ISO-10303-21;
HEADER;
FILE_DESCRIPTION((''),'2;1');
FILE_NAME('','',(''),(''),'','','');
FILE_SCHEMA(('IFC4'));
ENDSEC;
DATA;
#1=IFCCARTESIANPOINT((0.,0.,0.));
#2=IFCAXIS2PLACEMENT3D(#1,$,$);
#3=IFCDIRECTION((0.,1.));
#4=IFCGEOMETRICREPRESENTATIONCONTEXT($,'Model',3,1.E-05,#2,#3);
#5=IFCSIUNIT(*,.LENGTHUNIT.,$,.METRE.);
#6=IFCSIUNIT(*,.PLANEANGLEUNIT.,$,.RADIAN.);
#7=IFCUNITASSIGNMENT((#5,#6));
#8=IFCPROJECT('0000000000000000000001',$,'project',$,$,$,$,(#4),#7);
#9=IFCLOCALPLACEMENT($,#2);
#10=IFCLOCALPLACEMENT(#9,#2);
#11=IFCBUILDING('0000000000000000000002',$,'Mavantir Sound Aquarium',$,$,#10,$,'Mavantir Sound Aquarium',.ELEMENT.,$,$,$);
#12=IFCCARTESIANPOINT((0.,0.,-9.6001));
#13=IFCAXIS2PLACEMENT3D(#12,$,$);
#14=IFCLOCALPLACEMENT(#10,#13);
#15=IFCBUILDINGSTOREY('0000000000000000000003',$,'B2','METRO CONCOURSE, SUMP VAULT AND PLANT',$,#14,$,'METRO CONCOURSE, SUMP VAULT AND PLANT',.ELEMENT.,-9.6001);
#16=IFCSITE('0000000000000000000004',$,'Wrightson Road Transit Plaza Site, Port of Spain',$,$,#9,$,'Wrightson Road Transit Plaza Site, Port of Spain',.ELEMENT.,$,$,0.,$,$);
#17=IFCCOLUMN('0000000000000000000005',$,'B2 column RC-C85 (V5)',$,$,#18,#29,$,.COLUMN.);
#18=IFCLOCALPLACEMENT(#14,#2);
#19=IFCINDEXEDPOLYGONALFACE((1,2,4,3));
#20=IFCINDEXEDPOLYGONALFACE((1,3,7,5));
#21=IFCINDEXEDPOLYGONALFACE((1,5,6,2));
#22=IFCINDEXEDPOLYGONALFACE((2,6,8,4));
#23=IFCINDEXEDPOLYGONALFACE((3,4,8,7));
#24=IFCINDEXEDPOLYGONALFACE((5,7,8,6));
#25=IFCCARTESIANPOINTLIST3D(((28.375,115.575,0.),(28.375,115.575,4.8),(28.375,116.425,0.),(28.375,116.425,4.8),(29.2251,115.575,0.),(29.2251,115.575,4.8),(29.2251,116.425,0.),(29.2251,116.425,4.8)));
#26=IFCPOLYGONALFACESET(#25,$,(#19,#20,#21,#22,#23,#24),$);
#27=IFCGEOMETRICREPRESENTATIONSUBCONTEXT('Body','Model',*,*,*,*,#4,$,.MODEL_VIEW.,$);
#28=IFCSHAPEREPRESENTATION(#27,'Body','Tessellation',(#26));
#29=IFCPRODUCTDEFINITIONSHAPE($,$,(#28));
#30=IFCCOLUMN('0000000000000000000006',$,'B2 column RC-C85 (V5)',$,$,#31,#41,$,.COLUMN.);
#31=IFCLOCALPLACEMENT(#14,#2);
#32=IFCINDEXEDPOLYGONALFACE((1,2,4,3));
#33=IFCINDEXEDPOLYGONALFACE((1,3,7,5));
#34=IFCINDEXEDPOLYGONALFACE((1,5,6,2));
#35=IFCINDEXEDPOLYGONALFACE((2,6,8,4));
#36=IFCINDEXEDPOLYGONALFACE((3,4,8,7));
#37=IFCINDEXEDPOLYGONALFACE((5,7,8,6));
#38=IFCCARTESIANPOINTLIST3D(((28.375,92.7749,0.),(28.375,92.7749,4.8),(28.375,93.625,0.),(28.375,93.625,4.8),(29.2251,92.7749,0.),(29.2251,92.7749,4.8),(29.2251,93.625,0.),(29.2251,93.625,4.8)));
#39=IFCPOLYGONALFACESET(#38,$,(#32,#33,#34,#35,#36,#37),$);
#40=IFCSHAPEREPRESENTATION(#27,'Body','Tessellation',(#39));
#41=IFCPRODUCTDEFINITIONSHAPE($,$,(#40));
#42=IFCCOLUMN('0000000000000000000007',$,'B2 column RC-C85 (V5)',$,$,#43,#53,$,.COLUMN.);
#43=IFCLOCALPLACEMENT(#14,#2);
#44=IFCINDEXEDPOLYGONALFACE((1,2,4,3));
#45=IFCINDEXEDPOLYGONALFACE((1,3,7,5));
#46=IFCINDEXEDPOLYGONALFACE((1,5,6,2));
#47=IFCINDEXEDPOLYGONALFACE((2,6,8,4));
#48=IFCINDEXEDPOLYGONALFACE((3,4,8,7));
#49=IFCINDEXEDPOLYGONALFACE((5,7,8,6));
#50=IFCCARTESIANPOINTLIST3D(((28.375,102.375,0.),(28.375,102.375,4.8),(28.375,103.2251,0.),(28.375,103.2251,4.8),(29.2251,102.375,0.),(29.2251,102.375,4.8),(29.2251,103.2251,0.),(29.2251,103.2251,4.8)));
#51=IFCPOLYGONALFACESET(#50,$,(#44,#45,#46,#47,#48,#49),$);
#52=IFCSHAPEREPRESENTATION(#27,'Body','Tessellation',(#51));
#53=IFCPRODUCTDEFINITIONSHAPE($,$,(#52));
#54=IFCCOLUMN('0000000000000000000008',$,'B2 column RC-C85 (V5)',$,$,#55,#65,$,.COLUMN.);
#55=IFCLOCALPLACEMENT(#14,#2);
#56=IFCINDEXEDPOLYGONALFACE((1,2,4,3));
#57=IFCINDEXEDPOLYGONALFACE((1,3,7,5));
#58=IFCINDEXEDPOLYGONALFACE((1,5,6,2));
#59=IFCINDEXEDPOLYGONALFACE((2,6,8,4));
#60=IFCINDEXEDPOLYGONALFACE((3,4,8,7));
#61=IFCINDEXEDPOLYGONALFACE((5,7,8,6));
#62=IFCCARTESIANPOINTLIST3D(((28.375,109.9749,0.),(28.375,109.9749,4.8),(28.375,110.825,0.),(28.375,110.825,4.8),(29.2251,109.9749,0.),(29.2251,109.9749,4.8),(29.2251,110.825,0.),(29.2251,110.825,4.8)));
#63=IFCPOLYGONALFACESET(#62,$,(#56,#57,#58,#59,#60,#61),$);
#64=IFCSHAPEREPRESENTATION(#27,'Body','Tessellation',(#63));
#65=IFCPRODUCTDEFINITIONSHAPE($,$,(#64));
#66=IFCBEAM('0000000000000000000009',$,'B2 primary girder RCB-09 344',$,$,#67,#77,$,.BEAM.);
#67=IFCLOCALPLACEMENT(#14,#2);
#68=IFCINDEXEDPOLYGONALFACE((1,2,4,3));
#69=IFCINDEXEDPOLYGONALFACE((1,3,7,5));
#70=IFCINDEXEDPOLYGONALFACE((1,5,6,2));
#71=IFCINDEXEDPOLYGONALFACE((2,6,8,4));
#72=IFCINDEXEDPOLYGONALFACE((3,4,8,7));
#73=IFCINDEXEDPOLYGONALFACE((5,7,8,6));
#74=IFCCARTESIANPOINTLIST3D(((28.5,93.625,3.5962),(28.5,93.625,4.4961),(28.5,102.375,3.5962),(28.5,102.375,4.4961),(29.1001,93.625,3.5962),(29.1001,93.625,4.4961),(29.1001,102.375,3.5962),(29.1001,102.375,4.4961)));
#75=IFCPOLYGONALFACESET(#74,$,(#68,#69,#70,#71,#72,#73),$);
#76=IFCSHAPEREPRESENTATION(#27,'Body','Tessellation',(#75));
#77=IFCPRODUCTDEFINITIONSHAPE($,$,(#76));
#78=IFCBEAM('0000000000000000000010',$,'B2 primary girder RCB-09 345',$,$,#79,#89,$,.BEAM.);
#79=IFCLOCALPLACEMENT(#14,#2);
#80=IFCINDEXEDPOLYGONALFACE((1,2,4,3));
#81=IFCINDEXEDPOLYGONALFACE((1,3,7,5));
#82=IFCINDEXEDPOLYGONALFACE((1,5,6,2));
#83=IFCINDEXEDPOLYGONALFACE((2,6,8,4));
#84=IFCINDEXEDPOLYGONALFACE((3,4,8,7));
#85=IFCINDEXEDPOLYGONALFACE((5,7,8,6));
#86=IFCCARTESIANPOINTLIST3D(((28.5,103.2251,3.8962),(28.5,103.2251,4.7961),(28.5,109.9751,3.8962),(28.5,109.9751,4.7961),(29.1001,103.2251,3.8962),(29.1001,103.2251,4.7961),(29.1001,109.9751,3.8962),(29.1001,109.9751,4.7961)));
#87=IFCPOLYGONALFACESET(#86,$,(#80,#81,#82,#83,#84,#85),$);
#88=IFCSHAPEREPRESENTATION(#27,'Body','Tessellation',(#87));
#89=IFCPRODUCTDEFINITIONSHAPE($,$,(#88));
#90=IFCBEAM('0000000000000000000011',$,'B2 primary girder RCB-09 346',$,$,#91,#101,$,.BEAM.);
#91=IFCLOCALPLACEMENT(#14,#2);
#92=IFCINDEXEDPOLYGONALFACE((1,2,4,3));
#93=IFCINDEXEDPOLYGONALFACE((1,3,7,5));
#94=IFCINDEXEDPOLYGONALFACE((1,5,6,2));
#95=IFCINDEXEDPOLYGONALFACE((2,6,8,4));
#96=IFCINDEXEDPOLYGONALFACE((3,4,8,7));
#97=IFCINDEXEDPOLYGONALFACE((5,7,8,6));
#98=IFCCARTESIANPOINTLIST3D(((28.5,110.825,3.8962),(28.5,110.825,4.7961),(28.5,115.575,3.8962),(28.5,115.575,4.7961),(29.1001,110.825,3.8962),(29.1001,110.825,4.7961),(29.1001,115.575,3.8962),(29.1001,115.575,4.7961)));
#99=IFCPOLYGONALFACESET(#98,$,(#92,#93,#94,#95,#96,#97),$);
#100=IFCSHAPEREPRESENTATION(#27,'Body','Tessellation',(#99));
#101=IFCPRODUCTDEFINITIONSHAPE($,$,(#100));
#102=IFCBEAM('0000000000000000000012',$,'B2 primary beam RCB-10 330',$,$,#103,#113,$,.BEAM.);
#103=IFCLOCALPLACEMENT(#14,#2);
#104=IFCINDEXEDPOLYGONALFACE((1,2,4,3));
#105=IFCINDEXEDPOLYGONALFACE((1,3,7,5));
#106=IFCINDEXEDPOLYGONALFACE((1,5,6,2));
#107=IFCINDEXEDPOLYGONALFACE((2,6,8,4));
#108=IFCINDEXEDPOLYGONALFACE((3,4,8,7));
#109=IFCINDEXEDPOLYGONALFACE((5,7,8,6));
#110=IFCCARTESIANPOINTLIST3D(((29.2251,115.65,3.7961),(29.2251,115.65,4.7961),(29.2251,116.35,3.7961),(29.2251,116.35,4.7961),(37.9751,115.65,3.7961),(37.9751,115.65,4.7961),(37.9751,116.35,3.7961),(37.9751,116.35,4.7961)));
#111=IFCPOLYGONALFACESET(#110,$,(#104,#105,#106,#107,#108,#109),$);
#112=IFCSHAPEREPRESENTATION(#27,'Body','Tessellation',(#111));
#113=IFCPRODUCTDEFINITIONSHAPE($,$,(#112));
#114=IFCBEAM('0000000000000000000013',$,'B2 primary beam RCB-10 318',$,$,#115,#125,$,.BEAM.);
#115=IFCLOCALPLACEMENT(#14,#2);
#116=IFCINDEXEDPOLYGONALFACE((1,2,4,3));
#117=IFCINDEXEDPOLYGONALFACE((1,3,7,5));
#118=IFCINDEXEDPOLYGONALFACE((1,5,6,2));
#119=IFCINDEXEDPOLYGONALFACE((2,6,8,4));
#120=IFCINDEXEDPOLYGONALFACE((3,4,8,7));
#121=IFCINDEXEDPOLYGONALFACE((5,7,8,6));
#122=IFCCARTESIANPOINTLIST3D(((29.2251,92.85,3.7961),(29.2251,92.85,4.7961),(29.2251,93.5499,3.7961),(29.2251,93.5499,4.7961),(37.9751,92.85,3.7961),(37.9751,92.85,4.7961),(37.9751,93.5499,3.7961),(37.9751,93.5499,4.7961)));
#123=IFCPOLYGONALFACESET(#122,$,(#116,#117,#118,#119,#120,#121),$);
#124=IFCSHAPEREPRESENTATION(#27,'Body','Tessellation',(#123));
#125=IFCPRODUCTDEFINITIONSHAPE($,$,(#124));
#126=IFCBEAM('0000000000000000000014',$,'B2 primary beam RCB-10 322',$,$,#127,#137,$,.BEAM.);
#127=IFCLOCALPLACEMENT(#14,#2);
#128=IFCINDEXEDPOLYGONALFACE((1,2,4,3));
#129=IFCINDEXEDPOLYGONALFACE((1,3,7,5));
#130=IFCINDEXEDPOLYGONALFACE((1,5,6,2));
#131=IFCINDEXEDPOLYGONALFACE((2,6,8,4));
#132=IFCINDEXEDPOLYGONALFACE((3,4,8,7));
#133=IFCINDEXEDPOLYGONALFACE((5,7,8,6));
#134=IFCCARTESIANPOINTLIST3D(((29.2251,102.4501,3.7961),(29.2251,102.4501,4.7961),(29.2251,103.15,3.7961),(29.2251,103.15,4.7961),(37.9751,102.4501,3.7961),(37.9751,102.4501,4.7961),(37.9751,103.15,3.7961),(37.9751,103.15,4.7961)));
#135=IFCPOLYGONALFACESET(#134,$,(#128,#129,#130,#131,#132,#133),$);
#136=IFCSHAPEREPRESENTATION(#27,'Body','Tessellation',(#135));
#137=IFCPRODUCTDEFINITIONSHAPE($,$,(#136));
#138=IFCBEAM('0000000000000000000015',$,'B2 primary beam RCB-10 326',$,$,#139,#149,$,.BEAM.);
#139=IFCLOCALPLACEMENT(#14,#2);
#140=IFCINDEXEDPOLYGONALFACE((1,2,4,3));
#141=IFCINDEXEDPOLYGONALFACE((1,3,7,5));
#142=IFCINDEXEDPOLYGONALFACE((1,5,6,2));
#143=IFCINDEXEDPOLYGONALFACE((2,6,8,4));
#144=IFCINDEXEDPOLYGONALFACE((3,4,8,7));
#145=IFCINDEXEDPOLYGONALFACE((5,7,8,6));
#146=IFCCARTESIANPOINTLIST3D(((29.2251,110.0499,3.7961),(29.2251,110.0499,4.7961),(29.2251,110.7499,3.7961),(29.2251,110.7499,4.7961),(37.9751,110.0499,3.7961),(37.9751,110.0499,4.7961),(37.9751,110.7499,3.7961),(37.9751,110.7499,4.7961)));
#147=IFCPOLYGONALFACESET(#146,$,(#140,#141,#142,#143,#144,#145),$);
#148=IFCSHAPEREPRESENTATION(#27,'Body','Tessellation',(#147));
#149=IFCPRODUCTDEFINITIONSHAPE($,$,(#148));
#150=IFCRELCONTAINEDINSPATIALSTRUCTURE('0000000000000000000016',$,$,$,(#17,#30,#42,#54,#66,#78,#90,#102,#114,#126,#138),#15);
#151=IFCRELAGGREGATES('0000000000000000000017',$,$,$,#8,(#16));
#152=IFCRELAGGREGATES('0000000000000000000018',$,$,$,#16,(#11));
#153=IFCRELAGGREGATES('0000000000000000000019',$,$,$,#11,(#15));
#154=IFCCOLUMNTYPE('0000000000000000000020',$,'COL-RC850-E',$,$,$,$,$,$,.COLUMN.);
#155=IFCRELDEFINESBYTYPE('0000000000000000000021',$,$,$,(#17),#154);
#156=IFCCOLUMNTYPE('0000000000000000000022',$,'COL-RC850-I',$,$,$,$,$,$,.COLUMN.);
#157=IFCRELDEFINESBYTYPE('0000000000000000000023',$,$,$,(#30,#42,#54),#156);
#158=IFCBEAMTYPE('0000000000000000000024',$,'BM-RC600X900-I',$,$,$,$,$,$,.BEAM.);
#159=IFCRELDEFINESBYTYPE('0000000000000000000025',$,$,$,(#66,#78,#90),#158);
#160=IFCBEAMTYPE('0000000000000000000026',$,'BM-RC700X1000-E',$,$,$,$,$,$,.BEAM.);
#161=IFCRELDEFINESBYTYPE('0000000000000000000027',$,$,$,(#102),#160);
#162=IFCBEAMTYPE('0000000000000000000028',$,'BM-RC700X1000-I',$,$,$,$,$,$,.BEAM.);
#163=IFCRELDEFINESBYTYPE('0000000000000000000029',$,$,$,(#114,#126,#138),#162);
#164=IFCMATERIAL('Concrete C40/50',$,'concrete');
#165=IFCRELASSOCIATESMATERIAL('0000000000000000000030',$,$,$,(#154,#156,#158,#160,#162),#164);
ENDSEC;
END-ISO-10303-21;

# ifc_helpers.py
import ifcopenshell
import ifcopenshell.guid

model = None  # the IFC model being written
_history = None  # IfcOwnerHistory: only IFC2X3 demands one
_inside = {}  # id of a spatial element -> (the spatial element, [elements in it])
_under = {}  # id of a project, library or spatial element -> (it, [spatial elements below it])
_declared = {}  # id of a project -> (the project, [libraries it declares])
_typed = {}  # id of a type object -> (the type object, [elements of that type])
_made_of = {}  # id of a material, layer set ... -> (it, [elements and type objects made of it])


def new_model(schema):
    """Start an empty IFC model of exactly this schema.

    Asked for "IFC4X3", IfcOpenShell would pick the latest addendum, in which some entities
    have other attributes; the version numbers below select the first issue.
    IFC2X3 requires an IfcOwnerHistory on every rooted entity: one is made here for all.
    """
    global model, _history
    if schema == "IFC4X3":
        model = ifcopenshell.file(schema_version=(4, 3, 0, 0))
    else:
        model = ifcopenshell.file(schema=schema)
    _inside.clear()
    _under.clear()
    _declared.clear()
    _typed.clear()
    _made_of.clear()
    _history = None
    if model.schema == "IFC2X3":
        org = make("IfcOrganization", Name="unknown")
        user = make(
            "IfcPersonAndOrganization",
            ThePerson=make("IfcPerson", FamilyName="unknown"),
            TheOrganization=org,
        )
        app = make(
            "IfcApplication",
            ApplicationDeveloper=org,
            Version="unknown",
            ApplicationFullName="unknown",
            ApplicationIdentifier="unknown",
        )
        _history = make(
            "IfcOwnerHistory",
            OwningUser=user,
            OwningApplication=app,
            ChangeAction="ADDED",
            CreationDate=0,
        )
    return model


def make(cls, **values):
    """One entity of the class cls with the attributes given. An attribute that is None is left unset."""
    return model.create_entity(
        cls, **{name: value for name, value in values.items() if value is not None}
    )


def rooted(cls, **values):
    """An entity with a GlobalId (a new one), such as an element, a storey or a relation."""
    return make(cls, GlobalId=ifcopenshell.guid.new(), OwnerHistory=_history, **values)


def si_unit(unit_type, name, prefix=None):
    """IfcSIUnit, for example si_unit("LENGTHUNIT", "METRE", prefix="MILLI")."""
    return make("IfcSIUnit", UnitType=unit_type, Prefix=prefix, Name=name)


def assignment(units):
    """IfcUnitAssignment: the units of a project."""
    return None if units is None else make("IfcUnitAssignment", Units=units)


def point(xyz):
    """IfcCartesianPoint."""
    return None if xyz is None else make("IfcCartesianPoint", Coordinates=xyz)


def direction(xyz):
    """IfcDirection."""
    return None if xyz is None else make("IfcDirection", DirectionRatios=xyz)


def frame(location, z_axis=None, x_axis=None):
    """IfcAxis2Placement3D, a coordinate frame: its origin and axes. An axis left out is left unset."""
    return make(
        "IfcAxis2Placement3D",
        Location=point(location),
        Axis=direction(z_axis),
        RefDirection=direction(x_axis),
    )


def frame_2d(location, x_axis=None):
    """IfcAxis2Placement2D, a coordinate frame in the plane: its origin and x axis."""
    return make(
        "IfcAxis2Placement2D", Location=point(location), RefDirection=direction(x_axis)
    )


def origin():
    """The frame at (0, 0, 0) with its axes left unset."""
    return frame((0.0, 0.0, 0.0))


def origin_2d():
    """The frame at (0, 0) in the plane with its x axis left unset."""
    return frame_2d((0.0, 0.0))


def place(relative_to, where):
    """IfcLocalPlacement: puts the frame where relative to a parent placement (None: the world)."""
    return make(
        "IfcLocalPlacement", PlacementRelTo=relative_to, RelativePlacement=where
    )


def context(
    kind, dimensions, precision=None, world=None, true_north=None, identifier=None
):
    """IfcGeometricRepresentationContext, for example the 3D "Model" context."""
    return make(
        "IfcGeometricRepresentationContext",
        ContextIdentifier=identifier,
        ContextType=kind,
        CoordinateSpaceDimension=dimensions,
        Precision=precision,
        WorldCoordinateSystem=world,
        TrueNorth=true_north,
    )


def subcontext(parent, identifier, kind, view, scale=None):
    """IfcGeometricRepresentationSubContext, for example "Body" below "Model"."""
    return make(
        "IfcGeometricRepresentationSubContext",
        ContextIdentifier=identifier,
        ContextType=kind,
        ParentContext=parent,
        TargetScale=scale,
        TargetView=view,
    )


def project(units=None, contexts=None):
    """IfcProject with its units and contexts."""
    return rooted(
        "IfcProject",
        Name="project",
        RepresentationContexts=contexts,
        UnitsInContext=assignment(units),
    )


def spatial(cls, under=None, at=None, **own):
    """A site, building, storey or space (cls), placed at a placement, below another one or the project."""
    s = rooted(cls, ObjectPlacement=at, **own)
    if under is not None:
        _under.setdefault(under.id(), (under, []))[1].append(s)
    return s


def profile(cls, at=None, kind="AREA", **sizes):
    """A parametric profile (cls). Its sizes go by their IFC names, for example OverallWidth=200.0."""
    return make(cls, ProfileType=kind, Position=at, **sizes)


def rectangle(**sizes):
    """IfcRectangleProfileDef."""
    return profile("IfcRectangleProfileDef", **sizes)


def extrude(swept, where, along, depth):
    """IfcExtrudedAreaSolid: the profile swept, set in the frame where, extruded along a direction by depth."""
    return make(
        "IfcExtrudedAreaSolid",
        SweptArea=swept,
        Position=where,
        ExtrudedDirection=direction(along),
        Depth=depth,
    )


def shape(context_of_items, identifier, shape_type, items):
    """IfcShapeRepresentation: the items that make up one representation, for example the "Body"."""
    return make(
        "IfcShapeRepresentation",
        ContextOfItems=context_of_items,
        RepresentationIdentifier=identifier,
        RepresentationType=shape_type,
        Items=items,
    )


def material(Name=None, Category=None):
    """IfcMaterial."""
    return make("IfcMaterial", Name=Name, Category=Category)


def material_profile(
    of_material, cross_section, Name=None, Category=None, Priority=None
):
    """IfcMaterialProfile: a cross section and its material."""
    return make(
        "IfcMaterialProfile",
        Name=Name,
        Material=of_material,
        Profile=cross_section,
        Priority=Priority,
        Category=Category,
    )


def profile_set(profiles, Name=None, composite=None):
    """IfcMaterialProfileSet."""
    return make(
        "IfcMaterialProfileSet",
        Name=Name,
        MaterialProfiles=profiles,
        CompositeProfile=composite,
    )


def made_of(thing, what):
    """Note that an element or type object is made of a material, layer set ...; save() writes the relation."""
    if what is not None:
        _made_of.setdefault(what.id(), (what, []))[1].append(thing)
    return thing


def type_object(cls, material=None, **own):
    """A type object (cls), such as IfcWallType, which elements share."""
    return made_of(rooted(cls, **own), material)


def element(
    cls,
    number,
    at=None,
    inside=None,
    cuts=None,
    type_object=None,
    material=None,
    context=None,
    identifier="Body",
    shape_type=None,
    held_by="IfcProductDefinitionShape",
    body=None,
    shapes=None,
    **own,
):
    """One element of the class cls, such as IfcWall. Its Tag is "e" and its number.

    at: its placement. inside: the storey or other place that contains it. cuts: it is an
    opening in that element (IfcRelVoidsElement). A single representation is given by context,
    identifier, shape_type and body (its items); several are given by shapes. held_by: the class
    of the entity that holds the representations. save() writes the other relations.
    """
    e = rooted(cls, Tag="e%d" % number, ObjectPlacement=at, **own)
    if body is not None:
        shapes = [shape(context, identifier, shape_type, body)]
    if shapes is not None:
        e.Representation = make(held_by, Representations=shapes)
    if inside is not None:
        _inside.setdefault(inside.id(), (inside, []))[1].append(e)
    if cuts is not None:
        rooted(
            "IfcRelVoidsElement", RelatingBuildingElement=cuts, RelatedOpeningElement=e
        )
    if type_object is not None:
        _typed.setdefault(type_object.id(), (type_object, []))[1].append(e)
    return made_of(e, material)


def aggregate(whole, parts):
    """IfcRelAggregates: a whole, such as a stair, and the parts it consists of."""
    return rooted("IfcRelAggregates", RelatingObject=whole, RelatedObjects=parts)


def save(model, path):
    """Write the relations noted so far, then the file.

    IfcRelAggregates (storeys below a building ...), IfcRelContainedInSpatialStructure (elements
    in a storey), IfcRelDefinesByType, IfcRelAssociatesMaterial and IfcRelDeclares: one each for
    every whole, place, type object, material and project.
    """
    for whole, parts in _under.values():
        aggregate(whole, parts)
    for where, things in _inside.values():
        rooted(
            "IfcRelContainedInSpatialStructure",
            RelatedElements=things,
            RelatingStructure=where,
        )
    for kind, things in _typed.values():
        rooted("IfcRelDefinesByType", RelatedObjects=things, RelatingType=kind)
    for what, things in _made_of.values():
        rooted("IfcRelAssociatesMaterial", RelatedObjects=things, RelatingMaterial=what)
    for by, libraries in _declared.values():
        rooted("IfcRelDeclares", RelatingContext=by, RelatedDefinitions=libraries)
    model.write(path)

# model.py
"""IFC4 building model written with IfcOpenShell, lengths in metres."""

from ifc_helpers import new_model, si_unit, direction, frame, origin, origin_2d, place, context, subcontext, project, spatial, rectangle, extrude, material, material_profile, profile_set, type_object, element, save


model = new_model("IFC4")

# Units and contexts
model_context = context("Model", 3, precision=1e-05, world=origin(), true_north=direction((0.0, 1.0)))
body_context = subcontext(model_context, "Body", "Model", "MODEL_VIEW")
ifc_project = project(units=[si_unit("LENGTHUNIT", "METRE"), si_unit("PLANEANGLEUNIT", "RADIAN")], contexts=[model_context])

# Site, building, storey
site_placement = place(None, origin())
site = spatial("IfcSite", under=ifc_project, at=site_placement, Name="Wrightson Road Transit Plaza Site, Port of Spain", LongName="Wrightson Road Transit Plaza Site, Port of Spain", CompositionType="ELEMENT", RefElevation=0.0)
building_placement = place(site_placement, origin())
building = spatial("IfcBuilding", under=site, at=building_placement, Name="Mavantir Sound Aquarium", LongName="Mavantir Sound Aquarium", CompositionType="ELEMENT")
storey_placement = place(building_placement, frame((0.0, 0.0, -9.6001)))
storey = spatial("IfcBuildingStorey", under=building, at=storey_placement, Name="B2", Description="METRO CONCOURSE, SUMP VAULT AND PLANT", LongName="METRO CONCOURSE, SUMP VAULT AND PLANT", CompositionType="ELEMENT", Elevation=-9.6001)

# Shared definitions
ifc_material = material(Name="Concrete C40/50", Category="concrete")

# Columns
ifc_material_profile_1 = material_profile(ifc_material, rectangle(XDim=0.8501, YDim=0.8501, at=origin_2d()), Name="RC 850X850")
ifc_profile_set_1 = profile_set([ifc_material_profile_1], Name="Concrete C40/50")
column_type_1 = type_object("IfcColumnType", Name="COL-RC850-E", PredefinedType="COLUMN", material=ifc_profile_set_1)
column_1_placement = place(storey_placement, frame((28.8, 116.0, 0.0), z_axis=(0.0, 0.0, 1.0), x_axis=(1.0, 0.0, 0.0)))
element("IfcColumn", 1, at=column_1_placement, inside=storey, type_object=column_type_1, Name="B2 column RC-C85 (V5)", PredefinedType="COLUMN", context=body_context, shape_type="SweptSolid", body=[
    extrude(rectangle(XDim=0.8501, YDim=0.8501, at=origin_2d()), origin(), (0.0, 0.0, 1.0), 4.8),
])
ifc_material_profile_2 = material_profile(ifc_material, rectangle(XDim=0.8501, YDim=0.8501, at=origin_2d()), Name="RC 850X850")
ifc_profile_set_2 = profile_set([ifc_material_profile_2], Name="Concrete C40/50")
column_type_2 = type_object("IfcColumnType", Name="COL-RC850-I", PredefinedType="COLUMN", material=ifc_profile_set_2)
for number, where, z_axis, x_axis, name in (
    (2, (28.8, 93.2, 0.0), (0.0, 0.0, 1.0), (1.0, 0.0, 0.0), "B2 column RC-C85 (V5)"),
    (3, (28.8, 102.8, 0.0), (0.0, 0.0, 1.0), (1.0, 0.0, 0.0), "B2 column RC-C85 (V5)"),
    (4, (28.8, 110.3999, 0.0), (0.0, 0.0, 1.0), (1.0, 0.0, 0.0), "B2 column RC-C85 (V5)"),
):
    element("IfcColumn", number, at=place(storey_placement, frame(where, z_axis=z_axis, x_axis=x_axis)), inside=storey, type_object=column_type_2, Name=name, PredefinedType="COLUMN", context=body_context, shape_type="SweptSolid", body=[
        extrude(rectangle(XDim=0.8501, YDim=0.8501, at=origin_2d()), origin(), (0.0, 0.0, 1.0), 4.8),
    ])

# Beams
ifc_material_profile_3 = material_profile(ifc_material, rectangle(XDim=0.6001, YDim=0.8999, at=origin_2d()), Name="RC 600X900")
ifc_profile_set_3 = profile_set([ifc_material_profile_3], Name="Concrete C40/50")
beam_type_1 = type_object("IfcBeamType", Name="BM-RC600X900-I", PredefinedType="BEAM", material=ifc_profile_set_3)
beam_1_placement = place(storey_placement, frame((28.8, 93.625, 4.0461), z_axis=(0.0, 1.0, 0.0), x_axis=(-1.0, 0.0, 0.0)))
element("IfcBeam", 5, at=beam_1_placement, inside=storey, type_object=beam_type_1, Name="B2 primary girder RCB-09 344", PredefinedType="BEAM", context=body_context, shape_type="SweptSolid", body=[
    extrude(rectangle(XDim=0.6001, YDim=0.8999, at=origin_2d()), origin(), (0.0, 0.0, 1.0), 8.75),
])
beam_2_placement = place(storey_placement, frame((28.8, 103.2251, 4.3462), z_axis=(0.0, 1.0, 0.0), x_axis=(-1.0, 0.0, 0.0)))
element("IfcBeam", 6, at=beam_2_placement, inside=storey, type_object=beam_type_1, Name="B2 primary girder RCB-09 345", PredefinedType="BEAM", context=body_context, shape_type="SweptSolid", body=[
    extrude(rectangle(XDim=0.6001, YDim=0.8999, at=origin_2d()), origin(), (0.0, 0.0, 1.0), 6.75),
])
beam_3_placement = place(storey_placement, frame((28.8, 110.825, 4.3462), z_axis=(0.0, 1.0, 0.0), x_axis=(-1.0, 0.0, 0.0)))
element("IfcBeam", 7, at=beam_3_placement, inside=storey, type_object=beam_type_1, Name="B2 primary girder RCB-09 346", PredefinedType="BEAM", context=body_context, shape_type="SweptSolid", body=[
    extrude(rectangle(XDim=0.6001, YDim=0.8999, at=origin_2d()), origin(), (0.0, 0.0, 1.0), 4.75),
])
ifc_material_profile_4 = material_profile(ifc_material, rectangle(XDim=0.7, YDim=1.0, at=origin_2d()), Name="RC 700X1000")
ifc_profile_set_4 = profile_set([ifc_material_profile_4], Name="Concrete C40/50")
beam_type_2 = type_object("IfcBeamType", Name="BM-RC700X1000-E", PredefinedType="BEAM", material=ifc_profile_set_4)
beam_4_placement = place(storey_placement, frame((29.2251, 116.0, 4.2961), z_axis=(1.0, 0.0, 0.0), x_axis=(0.0, 1.0, 0.0)))
element("IfcBeam", 8, at=beam_4_placement, inside=storey, type_object=beam_type_2, Name="B2 primary beam RCB-10 330", PredefinedType="BEAM", context=body_context, shape_type="SweptSolid", body=[
    extrude(rectangle(XDim=0.7, YDim=1.0, at=origin_2d()), origin(), (0.0, 0.0, 1.0), 8.75),
])
ifc_material_profile_5 = material_profile(ifc_material, rectangle(XDim=0.7, YDim=1.0, at=origin_2d()), Name="RC 700X1000")
ifc_profile_set_5 = profile_set([ifc_material_profile_5], Name="Concrete C40/50")
beam_type_3 = type_object("IfcBeamType", Name="BM-RC700X1000-I", PredefinedType="BEAM", material=ifc_profile_set_5)
for number, where, z_axis, x_axis, name in (
    (9, (29.2251, 93.2, 4.2961), (1.0, 0.0, 0.0), (0.0, 1.0, 0.0), "B2 primary beam RCB-10 318"),
    (10, (29.2251, 102.8, 4.2961), (1.0, 0.0, 0.0), (0.0, 1.0, 0.0), "B2 primary beam RCB-10 322"),
    (11, (29.2251, 110.3999, 4.2961), (1.0, 0.0, 0.0), (0.0, 1.0, 0.0), "B2 primary beam RCB-10 326"),
):
    element("IfcBeam", number, at=place(storey_placement, frame(where, z_axis=z_axis, x_axis=x_axis)), inside=storey, type_object=beam_type_3, Name=name, PredefinedType="BEAM", context=body_context, shape_type="SweptSolid", body=[
        extrude(rectangle(XDim=0.7, YDim=1.0, at=origin_2d()), origin(), (0.0, 0.0, 1.0), 8.75),
    ])

save(model, "model.ifc")
